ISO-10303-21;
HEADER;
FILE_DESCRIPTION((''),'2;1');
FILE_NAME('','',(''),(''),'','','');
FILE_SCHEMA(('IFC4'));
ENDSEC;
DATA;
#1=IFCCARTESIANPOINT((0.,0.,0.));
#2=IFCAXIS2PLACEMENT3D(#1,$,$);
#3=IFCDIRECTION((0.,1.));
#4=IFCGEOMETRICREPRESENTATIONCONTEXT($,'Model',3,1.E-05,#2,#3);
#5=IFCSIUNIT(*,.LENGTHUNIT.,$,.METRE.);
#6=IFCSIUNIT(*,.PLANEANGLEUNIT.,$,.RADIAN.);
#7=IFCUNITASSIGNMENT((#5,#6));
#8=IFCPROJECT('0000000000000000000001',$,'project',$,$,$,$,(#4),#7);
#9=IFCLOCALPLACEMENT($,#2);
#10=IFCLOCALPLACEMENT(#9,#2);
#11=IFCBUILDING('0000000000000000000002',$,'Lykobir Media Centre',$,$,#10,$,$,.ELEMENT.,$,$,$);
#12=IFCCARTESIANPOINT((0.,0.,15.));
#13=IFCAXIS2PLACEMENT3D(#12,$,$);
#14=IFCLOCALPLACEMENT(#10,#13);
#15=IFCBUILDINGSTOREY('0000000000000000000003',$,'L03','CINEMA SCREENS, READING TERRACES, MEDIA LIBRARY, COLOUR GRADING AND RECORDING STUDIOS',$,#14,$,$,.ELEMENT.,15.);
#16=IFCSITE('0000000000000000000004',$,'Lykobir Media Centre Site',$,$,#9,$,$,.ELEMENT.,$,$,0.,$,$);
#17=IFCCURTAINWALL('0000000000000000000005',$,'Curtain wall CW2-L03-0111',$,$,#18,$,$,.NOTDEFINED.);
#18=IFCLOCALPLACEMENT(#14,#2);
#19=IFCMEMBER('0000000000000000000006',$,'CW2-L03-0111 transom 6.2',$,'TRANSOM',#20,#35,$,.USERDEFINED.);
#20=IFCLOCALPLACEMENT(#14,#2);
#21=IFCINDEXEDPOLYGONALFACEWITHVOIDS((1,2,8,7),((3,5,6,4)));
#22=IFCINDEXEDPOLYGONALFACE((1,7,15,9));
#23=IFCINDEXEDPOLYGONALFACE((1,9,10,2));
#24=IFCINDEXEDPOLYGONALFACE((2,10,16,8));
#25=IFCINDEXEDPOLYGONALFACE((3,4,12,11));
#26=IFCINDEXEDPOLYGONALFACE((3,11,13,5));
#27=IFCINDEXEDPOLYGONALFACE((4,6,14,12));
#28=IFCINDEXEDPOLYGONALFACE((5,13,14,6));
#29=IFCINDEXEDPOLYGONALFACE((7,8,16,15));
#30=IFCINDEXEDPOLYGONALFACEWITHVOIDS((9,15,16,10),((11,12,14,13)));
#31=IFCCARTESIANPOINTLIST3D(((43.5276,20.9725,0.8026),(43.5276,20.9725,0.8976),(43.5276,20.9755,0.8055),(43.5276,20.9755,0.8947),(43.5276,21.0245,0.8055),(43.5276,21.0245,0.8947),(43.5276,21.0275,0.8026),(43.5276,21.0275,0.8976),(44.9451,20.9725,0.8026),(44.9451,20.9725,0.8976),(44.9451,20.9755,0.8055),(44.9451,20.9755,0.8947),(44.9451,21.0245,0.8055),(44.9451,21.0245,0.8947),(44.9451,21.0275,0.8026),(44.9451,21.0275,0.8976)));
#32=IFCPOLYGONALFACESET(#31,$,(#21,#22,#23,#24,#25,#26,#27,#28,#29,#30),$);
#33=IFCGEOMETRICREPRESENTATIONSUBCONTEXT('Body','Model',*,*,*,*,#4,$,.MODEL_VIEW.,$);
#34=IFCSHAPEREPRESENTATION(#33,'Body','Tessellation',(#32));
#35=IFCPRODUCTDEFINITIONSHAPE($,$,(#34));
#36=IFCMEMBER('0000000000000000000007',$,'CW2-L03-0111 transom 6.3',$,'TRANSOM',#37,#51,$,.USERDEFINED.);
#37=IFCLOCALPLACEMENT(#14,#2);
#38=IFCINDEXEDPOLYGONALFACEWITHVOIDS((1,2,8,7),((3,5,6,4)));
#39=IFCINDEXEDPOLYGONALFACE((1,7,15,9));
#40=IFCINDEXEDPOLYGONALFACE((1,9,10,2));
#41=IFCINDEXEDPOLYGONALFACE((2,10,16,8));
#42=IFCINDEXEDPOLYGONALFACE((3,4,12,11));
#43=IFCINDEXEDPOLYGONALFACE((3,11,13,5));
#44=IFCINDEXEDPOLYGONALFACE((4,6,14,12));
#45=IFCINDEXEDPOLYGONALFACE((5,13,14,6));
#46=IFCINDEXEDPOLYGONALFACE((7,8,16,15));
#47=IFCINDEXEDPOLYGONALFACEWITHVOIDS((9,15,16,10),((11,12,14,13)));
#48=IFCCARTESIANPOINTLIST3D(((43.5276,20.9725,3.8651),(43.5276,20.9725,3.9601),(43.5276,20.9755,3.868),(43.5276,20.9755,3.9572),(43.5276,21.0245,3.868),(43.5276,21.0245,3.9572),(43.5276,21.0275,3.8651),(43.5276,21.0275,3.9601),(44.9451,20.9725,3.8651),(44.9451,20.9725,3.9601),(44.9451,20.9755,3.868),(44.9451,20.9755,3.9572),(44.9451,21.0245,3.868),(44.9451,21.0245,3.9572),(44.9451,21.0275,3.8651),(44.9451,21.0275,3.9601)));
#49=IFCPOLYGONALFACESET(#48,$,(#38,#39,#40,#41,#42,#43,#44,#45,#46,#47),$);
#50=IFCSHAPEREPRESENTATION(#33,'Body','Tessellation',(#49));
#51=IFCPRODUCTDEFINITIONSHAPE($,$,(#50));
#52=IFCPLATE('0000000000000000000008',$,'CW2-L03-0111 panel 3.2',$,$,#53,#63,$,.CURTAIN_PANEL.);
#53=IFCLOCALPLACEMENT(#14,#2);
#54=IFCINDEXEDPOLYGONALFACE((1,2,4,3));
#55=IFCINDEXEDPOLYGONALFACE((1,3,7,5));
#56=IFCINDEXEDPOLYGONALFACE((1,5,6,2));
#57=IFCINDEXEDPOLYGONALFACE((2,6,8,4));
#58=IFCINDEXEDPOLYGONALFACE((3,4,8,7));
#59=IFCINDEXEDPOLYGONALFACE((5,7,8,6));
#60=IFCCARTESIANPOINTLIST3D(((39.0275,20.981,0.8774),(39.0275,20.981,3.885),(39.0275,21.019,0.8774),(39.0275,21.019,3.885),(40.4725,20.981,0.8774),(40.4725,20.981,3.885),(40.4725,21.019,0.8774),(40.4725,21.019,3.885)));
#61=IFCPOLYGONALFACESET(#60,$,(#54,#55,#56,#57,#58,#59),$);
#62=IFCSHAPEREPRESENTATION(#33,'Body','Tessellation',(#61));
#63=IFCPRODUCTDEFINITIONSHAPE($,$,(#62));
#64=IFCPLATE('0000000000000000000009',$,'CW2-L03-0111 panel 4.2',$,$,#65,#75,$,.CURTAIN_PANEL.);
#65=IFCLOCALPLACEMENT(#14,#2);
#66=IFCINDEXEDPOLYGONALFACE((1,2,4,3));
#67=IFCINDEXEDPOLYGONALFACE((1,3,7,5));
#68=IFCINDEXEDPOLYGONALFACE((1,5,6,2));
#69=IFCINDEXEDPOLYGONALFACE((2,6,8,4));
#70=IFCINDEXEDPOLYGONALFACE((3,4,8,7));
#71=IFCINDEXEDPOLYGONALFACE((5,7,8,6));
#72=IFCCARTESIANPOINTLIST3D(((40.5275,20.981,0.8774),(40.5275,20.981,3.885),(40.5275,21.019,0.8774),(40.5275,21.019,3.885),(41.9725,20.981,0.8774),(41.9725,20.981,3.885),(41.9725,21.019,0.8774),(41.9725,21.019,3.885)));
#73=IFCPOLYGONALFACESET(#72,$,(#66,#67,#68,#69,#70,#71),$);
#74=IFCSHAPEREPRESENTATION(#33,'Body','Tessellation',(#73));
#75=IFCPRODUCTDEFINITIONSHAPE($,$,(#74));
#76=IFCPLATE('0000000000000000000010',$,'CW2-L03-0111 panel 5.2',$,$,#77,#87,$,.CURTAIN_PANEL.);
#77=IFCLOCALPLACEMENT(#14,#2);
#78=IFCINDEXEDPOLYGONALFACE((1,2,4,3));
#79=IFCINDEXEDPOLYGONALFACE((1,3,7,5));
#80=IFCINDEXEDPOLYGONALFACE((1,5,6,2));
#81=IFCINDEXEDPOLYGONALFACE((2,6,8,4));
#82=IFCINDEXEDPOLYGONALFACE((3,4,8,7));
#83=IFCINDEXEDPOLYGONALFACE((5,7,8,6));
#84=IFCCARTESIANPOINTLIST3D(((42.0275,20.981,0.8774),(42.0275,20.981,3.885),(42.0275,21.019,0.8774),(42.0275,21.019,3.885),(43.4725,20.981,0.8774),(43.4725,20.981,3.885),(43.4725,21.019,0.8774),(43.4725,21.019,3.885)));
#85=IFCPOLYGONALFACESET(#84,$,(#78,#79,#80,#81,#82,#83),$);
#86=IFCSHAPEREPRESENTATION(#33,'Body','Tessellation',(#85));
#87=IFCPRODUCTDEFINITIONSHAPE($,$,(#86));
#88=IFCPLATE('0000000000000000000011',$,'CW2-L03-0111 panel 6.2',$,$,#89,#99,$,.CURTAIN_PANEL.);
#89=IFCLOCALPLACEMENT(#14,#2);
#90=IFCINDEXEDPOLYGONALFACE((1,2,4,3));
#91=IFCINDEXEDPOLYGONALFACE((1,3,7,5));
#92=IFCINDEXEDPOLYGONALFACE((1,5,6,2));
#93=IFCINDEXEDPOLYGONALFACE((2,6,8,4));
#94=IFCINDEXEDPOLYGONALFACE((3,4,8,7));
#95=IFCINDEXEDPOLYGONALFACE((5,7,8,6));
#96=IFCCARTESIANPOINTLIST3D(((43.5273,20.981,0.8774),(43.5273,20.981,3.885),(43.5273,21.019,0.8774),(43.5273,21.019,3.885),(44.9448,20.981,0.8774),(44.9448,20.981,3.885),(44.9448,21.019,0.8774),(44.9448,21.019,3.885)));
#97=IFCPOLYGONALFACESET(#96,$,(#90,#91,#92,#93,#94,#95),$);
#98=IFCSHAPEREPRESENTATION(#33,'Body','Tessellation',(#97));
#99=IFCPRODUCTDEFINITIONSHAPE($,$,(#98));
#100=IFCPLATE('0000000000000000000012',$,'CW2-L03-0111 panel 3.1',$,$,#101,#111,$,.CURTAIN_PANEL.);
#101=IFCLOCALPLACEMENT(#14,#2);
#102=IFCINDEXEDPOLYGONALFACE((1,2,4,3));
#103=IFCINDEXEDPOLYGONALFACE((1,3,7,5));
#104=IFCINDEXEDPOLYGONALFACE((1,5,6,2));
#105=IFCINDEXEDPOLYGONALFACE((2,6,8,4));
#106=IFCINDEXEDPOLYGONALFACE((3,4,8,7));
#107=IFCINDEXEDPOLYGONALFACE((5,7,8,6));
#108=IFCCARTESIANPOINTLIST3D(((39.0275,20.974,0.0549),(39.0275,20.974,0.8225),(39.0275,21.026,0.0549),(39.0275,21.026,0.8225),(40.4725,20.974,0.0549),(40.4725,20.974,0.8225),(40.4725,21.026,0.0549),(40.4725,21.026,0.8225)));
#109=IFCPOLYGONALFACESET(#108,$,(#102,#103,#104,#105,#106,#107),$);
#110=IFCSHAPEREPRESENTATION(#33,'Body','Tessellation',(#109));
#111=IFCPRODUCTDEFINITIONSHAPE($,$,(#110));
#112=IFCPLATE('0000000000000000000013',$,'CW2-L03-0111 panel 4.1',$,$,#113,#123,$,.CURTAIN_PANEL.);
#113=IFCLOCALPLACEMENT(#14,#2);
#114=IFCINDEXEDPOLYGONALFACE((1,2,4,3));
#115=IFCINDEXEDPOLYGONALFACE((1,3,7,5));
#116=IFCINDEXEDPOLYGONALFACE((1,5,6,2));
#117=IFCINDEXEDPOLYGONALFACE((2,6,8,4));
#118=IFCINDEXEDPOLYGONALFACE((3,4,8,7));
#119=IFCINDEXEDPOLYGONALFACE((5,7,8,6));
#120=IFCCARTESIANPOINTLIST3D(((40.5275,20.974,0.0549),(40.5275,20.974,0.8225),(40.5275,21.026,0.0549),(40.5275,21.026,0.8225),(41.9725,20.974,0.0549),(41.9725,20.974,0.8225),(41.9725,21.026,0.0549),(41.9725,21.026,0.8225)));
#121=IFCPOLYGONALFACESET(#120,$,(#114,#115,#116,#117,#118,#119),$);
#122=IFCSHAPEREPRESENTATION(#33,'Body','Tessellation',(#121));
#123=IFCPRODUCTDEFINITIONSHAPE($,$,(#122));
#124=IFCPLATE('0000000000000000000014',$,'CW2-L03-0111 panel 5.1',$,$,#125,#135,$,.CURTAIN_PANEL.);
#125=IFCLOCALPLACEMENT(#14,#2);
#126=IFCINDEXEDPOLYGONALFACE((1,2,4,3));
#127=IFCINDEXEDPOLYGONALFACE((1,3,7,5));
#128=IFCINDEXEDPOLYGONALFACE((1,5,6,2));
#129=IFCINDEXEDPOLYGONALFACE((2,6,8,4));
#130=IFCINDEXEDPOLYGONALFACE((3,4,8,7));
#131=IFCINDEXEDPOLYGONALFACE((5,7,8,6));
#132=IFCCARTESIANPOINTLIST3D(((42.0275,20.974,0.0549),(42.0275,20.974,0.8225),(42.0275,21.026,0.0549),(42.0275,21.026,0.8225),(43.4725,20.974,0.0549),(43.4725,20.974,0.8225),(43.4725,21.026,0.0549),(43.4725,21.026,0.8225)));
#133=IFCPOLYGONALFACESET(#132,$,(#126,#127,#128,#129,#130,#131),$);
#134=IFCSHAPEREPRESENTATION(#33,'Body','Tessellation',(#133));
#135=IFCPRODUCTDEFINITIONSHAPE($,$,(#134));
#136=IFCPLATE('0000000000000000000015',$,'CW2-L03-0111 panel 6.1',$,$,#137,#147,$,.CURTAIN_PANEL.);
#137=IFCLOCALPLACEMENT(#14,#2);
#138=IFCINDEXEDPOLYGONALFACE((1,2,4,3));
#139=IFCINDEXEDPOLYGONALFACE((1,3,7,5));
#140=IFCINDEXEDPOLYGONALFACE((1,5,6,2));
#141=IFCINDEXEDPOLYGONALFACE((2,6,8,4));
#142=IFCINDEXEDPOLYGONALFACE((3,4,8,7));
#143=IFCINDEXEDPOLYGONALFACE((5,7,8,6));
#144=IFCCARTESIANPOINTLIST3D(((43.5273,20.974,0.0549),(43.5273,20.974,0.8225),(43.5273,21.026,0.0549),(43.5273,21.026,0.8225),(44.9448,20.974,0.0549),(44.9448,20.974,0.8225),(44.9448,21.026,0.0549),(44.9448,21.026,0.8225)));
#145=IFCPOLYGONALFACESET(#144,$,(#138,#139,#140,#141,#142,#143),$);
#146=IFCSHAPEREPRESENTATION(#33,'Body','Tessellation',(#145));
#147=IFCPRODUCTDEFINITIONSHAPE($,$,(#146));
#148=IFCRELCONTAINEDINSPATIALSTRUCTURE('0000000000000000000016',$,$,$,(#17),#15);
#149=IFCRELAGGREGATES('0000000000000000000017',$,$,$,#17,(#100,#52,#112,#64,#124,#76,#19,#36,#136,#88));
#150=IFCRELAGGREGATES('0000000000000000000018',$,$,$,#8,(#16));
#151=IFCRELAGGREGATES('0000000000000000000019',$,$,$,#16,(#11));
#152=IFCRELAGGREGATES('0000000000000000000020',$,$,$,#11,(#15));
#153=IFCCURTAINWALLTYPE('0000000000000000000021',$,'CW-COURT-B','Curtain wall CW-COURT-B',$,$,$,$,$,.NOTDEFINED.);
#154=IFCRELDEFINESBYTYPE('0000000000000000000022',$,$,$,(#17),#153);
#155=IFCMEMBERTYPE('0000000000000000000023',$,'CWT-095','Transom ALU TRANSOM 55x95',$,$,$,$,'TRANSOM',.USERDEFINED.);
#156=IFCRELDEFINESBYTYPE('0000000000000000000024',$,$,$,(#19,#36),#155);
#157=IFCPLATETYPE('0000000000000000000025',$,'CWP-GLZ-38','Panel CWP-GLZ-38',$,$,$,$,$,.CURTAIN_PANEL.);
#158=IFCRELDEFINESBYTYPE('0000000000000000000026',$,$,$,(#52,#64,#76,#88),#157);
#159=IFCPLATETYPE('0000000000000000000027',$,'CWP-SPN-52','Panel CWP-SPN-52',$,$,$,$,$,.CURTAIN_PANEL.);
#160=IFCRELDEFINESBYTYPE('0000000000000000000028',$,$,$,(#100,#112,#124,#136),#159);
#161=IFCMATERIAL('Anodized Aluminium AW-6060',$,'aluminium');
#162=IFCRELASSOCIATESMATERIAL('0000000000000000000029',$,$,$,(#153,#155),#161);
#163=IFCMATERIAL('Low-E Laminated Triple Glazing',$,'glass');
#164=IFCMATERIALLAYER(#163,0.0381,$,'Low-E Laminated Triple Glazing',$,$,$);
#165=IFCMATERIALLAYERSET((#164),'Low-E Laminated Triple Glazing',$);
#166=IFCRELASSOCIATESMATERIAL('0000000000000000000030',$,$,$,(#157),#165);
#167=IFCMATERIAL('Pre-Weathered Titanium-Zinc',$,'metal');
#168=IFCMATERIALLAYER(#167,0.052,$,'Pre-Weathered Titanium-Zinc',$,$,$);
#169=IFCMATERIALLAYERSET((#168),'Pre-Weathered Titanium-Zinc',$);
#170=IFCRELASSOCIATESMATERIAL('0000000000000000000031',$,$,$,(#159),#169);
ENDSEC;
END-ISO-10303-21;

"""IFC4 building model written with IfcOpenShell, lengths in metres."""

from ifc_helpers import new_model, si_unit, direction, frame, origin, origin_2d, place, context, subcontext, project, spatial, rectangle, hollow_rectangle, extrude, material, layer, layer_set, material_profile, profile_set, type_object, element, aggregate, save


model = new_model("IFC4")

# Units and contexts
model_context = context("Model", 3, precision=1e-05, world=origin(), true_north=direction((0.0, 1.0)))
body_context = subcontext(model_context, "Body", "Model", "MODEL_VIEW")
ifc_project = project(units=[si_unit("LENGTHUNIT", "METRE"), si_unit("PLANEANGLEUNIT", "RADIAN")], contexts=[model_context])

# Site, building, storey
site_placement = place(None, origin())
site = spatial("IfcSite", under=ifc_project, at=site_placement, Name="Lykobir Media Centre Site", CompositionType="ELEMENT", RefElevation=0.0)
building_placement = place(site_placement, origin())
building = spatial("IfcBuilding", under=site, at=building_placement, Name="Lykobir Media Centre", CompositionType="ELEMENT")
storey_placement = place(building_placement, frame((0.0, 0.0, 15.0)))
storey = spatial("IfcBuildingStorey", under=building, at=storey_placement, Name="L03", Description="CINEMA SCREENS, READING TERRACES, MEDIA LIBRARY, COLOUR GRADING AND RECORDING STUDIOS", CompositionType="ELEMENT", Elevation=15.0)

# Curtain wall, members, plates
ifc_material_1 = material(Name="Anodized Aluminium AW-6060", Category="aluminium")
curtain_wall_type = type_object("IfcCurtainWallType", Name="CW-COURT-B", Description="Curtain wall CW-COURT-B", PredefinedType="NOTDEFINED", material=ifc_material_1)
curtain_wall_placement = place(storey_placement, origin())
curtain_wall = element("IfcCurtainWall", 1, at=curtain_wall_placement, inside=storey, type_object=curtain_wall_type, Name="Curtain wall CW2-L03-0111", PredefinedType="NOTDEFINED")
ifc_material_profile_1 = material_profile(ifc_material_1, hollow_rectangle(XDim=0.0549, YDim=0.095, WallThickness=0.0029, at=origin_2d()), Name="ALU TRANSOM 55x95")
ifc_profile_set_1 = profile_set([ifc_material_profile_1], Name="Anodized Aluminium AW-6060")
member_type_1 = type_object("IfcMemberType", Name="CWT-095", Description="Transom ALU TRANSOM 55x95", ElementType="TRANSOM", PredefinedType="USERDEFINED", material=ifc_profile_set_1)
member_1_placement = place(storey_placement, frame((43.5276, 21.0, 0.8501), z_axis=(1.0, 0.0, 0.0), x_axis=(0.0, 1.0, 0.0)))
member_1 = element("IfcMember", 2, at=member_1_placement, type_object=member_type_1, Name="CW2-L03-0111 transom 6.2", ObjectType="TRANSOM", PredefinedType="USERDEFINED", context=body_context, shape_type="SweptSolid", body=[
    extrude(hollow_rectangle(XDim=0.0549, YDim=0.095, WallThickness=0.0029, at=origin_2d()), origin(), (0.0, 0.0, 1.0), 1.4175),
])
member_2_placement = place(storey_placement, frame((43.5276, 21.0, 3.9126), z_axis=(1.0, 0.0, 0.0), x_axis=(0.0, 1.0, 0.0)))
member_2 = element("IfcMember", 3, at=member_2_placement, type_object=member_type_1, Name="CW2-L03-0111 transom 6.3", ObjectType="TRANSOM", PredefinedType="USERDEFINED", context=body_context, shape_type="SweptSolid", body=[
    extrude(hollow_rectangle(XDim=0.0549, YDim=0.095, WallThickness=0.0029, at=origin_2d()), origin(), (0.0, 0.0, 1.0), 1.4175),
])
ifc_material_2 = material(Name="Low-E Laminated Triple Glazing", Category="glass")
ifc_layer_1 = layer(ifc_material_2, 0.0381, Name="Low-E Laminated Triple Glazing")
ifc_layer_set_1 = layer_set([ifc_layer_1], Name="Low-E Laminated Triple Glazing")
plate_type_1 = type_object("IfcPlateType", Name="CWP-GLZ-38", Description="Panel CWP-GLZ-38", PredefinedType="CURTAIN_PANEL", material=ifc_layer_set_1)
plate_1_placement = place(storey_placement, frame((39.75, 21.0, 0.8774), z_axis=(0.0, 0.0, 1.0), x_axis=(1.0, 0.0, 0.0)))
plate_1 = element("IfcPlate", 4, at=plate_1_placement, type_object=plate_type_1, Name="CW2-L03-0111 panel 3.2", PredefinedType="CURTAIN_PANEL", context=body_context, shape_type="SweptSolid", body=[
    extrude(rectangle(XDim=1.4451, YDim=0.0381, at=origin_2d()), origin(), (0.0, 0.0, 1.0), 3.0076),
])
plate_2_placement = place(storey_placement, frame((41.25, 21.0, 0.8774), z_axis=(0.0, 0.0, 1.0), x_axis=(1.0, 0.0, 0.0)))
plate_2 = element("IfcPlate", 5, at=plate_2_placement, type_object=plate_type_1, Name="CW2-L03-0111 panel 4.2", PredefinedType="CURTAIN_PANEL", context=body_context, shape_type="SweptSolid", body=[
    extrude(rectangle(XDim=1.4451, YDim=0.0381, at=origin_2d()), origin(), (0.0, 0.0, 1.0), 3.0076),
])
plate_3_placement = place(storey_placement, frame((42.75, 21.0, 0.8774), z_axis=(0.0, 0.0, 1.0), x_axis=(1.0, 0.0, 0.0)))
plate_3 = element("IfcPlate", 6, at=plate_3_placement, type_object=plate_type_1, Name="CW2-L03-0111 panel 5.2", PredefinedType="CURTAIN_PANEL", context=body_context, shape_type="SweptSolid", body=[
    extrude(rectangle(XDim=1.4451, YDim=0.0381, at=origin_2d()), origin(), (0.0, 0.0, 1.0), 3.0076),
])
plate_4_placement = place(storey_placement, frame((44.2361, 21.0, 0.8774), z_axis=(0.0, 0.0, 1.0), x_axis=(1.0, 0.0, 0.0)))
plate_4 = element("IfcPlate", 7, at=plate_4_placement, type_object=plate_type_1, Name="CW2-L03-0111 panel 6.2", PredefinedType="CURTAIN_PANEL", context=body_context, shape_type="SweptSolid", body=[
    extrude(rectangle(XDim=1.4175, YDim=0.0381, at=origin_2d()), origin(), (0.0, 0.0, 1.0), 3.0076),
])
ifc_material_3 = material(Name="Pre-Weathered Titanium-Zinc", Category="metal")
ifc_layer_2 = layer(ifc_material_3, 0.052, Name="Pre-Weathered Titanium-Zinc")
ifc_layer_set_2 = layer_set([ifc_layer_2], Name="Pre-Weathered Titanium-Zinc")
plate_type_2 = type_object("IfcPlateType", Name="CWP-SPN-52", Description="Panel CWP-SPN-52", PredefinedType="CURTAIN_PANEL", material=ifc_layer_set_2)
plate_5_placement = place(storey_placement, frame((39.75, 21.0, 0.0549), z_axis=(0.0, 0.0, 1.0), x_axis=(1.0, 0.0, 0.0)))
plate_5 = element("IfcPlate", 8, at=plate_5_placement, type_object=plate_type_2, Name="CW2-L03-0111 panel 3.1", PredefinedType="CURTAIN_PANEL", context=body_context, shape_type="SweptSolid", body=[
    extrude(rectangle(XDim=1.4451, YDim=0.052, at=origin_2d()), origin(), (0.0, 0.0, 1.0), 0.7676),
])
plate_6_placement = place(storey_placement, frame((41.25, 21.0, 0.0549), z_axis=(0.0, 0.0, 1.0), x_axis=(1.0, 0.0, 0.0)))
plate_6 = element("IfcPlate", 9, at=plate_6_placement, type_object=plate_type_2, Name="CW2-L03-0111 panel 4.1", PredefinedType="CURTAIN_PANEL", context=body_context, shape_type="SweptSolid", body=[
    extrude(rectangle(XDim=1.4451, YDim=0.052, at=origin_2d()), origin(), (0.0, 0.0, 1.0), 0.7676),
])
plate_7_placement = place(storey_placement, frame((42.75, 21.0, 0.0549), z_axis=(0.0, 0.0, 1.0), x_axis=(1.0, 0.0, 0.0)))
plate_7 = element("IfcPlate", 10, at=plate_7_placement, type_object=plate_type_2, Name="CW2-L03-0111 panel 5.1", PredefinedType="CURTAIN_PANEL", context=body_context, shape_type="SweptSolid", body=[
    extrude(rectangle(XDim=1.4451, YDim=0.052, at=origin_2d()), origin(), (0.0, 0.0, 1.0), 0.7676),
])
plate_8_placement = place(storey_placement, frame((44.2361, 21.0, 0.0549), z_axis=(0.0, 0.0, 1.0), x_axis=(1.0, 0.0, 0.0)))
plate_8 = element("IfcPlate", 11, at=plate_8_placement, type_object=plate_type_2, Name="CW2-L03-0111 panel 6.1", PredefinedType="CURTAIN_PANEL", context=body_context, shape_type="SweptSolid", body=[
    extrude(rectangle(XDim=1.4175, YDim=0.052, at=origin_2d()), origin(), (0.0, 0.0, 1.0), 0.7676),
])
aggregate(curtain_wall, [plate_5, plate_1, plate_6, plate_2, plate_7, plate_3, member_1, member_2, plate_8, plate_4])

save(model, "model.ifc")
